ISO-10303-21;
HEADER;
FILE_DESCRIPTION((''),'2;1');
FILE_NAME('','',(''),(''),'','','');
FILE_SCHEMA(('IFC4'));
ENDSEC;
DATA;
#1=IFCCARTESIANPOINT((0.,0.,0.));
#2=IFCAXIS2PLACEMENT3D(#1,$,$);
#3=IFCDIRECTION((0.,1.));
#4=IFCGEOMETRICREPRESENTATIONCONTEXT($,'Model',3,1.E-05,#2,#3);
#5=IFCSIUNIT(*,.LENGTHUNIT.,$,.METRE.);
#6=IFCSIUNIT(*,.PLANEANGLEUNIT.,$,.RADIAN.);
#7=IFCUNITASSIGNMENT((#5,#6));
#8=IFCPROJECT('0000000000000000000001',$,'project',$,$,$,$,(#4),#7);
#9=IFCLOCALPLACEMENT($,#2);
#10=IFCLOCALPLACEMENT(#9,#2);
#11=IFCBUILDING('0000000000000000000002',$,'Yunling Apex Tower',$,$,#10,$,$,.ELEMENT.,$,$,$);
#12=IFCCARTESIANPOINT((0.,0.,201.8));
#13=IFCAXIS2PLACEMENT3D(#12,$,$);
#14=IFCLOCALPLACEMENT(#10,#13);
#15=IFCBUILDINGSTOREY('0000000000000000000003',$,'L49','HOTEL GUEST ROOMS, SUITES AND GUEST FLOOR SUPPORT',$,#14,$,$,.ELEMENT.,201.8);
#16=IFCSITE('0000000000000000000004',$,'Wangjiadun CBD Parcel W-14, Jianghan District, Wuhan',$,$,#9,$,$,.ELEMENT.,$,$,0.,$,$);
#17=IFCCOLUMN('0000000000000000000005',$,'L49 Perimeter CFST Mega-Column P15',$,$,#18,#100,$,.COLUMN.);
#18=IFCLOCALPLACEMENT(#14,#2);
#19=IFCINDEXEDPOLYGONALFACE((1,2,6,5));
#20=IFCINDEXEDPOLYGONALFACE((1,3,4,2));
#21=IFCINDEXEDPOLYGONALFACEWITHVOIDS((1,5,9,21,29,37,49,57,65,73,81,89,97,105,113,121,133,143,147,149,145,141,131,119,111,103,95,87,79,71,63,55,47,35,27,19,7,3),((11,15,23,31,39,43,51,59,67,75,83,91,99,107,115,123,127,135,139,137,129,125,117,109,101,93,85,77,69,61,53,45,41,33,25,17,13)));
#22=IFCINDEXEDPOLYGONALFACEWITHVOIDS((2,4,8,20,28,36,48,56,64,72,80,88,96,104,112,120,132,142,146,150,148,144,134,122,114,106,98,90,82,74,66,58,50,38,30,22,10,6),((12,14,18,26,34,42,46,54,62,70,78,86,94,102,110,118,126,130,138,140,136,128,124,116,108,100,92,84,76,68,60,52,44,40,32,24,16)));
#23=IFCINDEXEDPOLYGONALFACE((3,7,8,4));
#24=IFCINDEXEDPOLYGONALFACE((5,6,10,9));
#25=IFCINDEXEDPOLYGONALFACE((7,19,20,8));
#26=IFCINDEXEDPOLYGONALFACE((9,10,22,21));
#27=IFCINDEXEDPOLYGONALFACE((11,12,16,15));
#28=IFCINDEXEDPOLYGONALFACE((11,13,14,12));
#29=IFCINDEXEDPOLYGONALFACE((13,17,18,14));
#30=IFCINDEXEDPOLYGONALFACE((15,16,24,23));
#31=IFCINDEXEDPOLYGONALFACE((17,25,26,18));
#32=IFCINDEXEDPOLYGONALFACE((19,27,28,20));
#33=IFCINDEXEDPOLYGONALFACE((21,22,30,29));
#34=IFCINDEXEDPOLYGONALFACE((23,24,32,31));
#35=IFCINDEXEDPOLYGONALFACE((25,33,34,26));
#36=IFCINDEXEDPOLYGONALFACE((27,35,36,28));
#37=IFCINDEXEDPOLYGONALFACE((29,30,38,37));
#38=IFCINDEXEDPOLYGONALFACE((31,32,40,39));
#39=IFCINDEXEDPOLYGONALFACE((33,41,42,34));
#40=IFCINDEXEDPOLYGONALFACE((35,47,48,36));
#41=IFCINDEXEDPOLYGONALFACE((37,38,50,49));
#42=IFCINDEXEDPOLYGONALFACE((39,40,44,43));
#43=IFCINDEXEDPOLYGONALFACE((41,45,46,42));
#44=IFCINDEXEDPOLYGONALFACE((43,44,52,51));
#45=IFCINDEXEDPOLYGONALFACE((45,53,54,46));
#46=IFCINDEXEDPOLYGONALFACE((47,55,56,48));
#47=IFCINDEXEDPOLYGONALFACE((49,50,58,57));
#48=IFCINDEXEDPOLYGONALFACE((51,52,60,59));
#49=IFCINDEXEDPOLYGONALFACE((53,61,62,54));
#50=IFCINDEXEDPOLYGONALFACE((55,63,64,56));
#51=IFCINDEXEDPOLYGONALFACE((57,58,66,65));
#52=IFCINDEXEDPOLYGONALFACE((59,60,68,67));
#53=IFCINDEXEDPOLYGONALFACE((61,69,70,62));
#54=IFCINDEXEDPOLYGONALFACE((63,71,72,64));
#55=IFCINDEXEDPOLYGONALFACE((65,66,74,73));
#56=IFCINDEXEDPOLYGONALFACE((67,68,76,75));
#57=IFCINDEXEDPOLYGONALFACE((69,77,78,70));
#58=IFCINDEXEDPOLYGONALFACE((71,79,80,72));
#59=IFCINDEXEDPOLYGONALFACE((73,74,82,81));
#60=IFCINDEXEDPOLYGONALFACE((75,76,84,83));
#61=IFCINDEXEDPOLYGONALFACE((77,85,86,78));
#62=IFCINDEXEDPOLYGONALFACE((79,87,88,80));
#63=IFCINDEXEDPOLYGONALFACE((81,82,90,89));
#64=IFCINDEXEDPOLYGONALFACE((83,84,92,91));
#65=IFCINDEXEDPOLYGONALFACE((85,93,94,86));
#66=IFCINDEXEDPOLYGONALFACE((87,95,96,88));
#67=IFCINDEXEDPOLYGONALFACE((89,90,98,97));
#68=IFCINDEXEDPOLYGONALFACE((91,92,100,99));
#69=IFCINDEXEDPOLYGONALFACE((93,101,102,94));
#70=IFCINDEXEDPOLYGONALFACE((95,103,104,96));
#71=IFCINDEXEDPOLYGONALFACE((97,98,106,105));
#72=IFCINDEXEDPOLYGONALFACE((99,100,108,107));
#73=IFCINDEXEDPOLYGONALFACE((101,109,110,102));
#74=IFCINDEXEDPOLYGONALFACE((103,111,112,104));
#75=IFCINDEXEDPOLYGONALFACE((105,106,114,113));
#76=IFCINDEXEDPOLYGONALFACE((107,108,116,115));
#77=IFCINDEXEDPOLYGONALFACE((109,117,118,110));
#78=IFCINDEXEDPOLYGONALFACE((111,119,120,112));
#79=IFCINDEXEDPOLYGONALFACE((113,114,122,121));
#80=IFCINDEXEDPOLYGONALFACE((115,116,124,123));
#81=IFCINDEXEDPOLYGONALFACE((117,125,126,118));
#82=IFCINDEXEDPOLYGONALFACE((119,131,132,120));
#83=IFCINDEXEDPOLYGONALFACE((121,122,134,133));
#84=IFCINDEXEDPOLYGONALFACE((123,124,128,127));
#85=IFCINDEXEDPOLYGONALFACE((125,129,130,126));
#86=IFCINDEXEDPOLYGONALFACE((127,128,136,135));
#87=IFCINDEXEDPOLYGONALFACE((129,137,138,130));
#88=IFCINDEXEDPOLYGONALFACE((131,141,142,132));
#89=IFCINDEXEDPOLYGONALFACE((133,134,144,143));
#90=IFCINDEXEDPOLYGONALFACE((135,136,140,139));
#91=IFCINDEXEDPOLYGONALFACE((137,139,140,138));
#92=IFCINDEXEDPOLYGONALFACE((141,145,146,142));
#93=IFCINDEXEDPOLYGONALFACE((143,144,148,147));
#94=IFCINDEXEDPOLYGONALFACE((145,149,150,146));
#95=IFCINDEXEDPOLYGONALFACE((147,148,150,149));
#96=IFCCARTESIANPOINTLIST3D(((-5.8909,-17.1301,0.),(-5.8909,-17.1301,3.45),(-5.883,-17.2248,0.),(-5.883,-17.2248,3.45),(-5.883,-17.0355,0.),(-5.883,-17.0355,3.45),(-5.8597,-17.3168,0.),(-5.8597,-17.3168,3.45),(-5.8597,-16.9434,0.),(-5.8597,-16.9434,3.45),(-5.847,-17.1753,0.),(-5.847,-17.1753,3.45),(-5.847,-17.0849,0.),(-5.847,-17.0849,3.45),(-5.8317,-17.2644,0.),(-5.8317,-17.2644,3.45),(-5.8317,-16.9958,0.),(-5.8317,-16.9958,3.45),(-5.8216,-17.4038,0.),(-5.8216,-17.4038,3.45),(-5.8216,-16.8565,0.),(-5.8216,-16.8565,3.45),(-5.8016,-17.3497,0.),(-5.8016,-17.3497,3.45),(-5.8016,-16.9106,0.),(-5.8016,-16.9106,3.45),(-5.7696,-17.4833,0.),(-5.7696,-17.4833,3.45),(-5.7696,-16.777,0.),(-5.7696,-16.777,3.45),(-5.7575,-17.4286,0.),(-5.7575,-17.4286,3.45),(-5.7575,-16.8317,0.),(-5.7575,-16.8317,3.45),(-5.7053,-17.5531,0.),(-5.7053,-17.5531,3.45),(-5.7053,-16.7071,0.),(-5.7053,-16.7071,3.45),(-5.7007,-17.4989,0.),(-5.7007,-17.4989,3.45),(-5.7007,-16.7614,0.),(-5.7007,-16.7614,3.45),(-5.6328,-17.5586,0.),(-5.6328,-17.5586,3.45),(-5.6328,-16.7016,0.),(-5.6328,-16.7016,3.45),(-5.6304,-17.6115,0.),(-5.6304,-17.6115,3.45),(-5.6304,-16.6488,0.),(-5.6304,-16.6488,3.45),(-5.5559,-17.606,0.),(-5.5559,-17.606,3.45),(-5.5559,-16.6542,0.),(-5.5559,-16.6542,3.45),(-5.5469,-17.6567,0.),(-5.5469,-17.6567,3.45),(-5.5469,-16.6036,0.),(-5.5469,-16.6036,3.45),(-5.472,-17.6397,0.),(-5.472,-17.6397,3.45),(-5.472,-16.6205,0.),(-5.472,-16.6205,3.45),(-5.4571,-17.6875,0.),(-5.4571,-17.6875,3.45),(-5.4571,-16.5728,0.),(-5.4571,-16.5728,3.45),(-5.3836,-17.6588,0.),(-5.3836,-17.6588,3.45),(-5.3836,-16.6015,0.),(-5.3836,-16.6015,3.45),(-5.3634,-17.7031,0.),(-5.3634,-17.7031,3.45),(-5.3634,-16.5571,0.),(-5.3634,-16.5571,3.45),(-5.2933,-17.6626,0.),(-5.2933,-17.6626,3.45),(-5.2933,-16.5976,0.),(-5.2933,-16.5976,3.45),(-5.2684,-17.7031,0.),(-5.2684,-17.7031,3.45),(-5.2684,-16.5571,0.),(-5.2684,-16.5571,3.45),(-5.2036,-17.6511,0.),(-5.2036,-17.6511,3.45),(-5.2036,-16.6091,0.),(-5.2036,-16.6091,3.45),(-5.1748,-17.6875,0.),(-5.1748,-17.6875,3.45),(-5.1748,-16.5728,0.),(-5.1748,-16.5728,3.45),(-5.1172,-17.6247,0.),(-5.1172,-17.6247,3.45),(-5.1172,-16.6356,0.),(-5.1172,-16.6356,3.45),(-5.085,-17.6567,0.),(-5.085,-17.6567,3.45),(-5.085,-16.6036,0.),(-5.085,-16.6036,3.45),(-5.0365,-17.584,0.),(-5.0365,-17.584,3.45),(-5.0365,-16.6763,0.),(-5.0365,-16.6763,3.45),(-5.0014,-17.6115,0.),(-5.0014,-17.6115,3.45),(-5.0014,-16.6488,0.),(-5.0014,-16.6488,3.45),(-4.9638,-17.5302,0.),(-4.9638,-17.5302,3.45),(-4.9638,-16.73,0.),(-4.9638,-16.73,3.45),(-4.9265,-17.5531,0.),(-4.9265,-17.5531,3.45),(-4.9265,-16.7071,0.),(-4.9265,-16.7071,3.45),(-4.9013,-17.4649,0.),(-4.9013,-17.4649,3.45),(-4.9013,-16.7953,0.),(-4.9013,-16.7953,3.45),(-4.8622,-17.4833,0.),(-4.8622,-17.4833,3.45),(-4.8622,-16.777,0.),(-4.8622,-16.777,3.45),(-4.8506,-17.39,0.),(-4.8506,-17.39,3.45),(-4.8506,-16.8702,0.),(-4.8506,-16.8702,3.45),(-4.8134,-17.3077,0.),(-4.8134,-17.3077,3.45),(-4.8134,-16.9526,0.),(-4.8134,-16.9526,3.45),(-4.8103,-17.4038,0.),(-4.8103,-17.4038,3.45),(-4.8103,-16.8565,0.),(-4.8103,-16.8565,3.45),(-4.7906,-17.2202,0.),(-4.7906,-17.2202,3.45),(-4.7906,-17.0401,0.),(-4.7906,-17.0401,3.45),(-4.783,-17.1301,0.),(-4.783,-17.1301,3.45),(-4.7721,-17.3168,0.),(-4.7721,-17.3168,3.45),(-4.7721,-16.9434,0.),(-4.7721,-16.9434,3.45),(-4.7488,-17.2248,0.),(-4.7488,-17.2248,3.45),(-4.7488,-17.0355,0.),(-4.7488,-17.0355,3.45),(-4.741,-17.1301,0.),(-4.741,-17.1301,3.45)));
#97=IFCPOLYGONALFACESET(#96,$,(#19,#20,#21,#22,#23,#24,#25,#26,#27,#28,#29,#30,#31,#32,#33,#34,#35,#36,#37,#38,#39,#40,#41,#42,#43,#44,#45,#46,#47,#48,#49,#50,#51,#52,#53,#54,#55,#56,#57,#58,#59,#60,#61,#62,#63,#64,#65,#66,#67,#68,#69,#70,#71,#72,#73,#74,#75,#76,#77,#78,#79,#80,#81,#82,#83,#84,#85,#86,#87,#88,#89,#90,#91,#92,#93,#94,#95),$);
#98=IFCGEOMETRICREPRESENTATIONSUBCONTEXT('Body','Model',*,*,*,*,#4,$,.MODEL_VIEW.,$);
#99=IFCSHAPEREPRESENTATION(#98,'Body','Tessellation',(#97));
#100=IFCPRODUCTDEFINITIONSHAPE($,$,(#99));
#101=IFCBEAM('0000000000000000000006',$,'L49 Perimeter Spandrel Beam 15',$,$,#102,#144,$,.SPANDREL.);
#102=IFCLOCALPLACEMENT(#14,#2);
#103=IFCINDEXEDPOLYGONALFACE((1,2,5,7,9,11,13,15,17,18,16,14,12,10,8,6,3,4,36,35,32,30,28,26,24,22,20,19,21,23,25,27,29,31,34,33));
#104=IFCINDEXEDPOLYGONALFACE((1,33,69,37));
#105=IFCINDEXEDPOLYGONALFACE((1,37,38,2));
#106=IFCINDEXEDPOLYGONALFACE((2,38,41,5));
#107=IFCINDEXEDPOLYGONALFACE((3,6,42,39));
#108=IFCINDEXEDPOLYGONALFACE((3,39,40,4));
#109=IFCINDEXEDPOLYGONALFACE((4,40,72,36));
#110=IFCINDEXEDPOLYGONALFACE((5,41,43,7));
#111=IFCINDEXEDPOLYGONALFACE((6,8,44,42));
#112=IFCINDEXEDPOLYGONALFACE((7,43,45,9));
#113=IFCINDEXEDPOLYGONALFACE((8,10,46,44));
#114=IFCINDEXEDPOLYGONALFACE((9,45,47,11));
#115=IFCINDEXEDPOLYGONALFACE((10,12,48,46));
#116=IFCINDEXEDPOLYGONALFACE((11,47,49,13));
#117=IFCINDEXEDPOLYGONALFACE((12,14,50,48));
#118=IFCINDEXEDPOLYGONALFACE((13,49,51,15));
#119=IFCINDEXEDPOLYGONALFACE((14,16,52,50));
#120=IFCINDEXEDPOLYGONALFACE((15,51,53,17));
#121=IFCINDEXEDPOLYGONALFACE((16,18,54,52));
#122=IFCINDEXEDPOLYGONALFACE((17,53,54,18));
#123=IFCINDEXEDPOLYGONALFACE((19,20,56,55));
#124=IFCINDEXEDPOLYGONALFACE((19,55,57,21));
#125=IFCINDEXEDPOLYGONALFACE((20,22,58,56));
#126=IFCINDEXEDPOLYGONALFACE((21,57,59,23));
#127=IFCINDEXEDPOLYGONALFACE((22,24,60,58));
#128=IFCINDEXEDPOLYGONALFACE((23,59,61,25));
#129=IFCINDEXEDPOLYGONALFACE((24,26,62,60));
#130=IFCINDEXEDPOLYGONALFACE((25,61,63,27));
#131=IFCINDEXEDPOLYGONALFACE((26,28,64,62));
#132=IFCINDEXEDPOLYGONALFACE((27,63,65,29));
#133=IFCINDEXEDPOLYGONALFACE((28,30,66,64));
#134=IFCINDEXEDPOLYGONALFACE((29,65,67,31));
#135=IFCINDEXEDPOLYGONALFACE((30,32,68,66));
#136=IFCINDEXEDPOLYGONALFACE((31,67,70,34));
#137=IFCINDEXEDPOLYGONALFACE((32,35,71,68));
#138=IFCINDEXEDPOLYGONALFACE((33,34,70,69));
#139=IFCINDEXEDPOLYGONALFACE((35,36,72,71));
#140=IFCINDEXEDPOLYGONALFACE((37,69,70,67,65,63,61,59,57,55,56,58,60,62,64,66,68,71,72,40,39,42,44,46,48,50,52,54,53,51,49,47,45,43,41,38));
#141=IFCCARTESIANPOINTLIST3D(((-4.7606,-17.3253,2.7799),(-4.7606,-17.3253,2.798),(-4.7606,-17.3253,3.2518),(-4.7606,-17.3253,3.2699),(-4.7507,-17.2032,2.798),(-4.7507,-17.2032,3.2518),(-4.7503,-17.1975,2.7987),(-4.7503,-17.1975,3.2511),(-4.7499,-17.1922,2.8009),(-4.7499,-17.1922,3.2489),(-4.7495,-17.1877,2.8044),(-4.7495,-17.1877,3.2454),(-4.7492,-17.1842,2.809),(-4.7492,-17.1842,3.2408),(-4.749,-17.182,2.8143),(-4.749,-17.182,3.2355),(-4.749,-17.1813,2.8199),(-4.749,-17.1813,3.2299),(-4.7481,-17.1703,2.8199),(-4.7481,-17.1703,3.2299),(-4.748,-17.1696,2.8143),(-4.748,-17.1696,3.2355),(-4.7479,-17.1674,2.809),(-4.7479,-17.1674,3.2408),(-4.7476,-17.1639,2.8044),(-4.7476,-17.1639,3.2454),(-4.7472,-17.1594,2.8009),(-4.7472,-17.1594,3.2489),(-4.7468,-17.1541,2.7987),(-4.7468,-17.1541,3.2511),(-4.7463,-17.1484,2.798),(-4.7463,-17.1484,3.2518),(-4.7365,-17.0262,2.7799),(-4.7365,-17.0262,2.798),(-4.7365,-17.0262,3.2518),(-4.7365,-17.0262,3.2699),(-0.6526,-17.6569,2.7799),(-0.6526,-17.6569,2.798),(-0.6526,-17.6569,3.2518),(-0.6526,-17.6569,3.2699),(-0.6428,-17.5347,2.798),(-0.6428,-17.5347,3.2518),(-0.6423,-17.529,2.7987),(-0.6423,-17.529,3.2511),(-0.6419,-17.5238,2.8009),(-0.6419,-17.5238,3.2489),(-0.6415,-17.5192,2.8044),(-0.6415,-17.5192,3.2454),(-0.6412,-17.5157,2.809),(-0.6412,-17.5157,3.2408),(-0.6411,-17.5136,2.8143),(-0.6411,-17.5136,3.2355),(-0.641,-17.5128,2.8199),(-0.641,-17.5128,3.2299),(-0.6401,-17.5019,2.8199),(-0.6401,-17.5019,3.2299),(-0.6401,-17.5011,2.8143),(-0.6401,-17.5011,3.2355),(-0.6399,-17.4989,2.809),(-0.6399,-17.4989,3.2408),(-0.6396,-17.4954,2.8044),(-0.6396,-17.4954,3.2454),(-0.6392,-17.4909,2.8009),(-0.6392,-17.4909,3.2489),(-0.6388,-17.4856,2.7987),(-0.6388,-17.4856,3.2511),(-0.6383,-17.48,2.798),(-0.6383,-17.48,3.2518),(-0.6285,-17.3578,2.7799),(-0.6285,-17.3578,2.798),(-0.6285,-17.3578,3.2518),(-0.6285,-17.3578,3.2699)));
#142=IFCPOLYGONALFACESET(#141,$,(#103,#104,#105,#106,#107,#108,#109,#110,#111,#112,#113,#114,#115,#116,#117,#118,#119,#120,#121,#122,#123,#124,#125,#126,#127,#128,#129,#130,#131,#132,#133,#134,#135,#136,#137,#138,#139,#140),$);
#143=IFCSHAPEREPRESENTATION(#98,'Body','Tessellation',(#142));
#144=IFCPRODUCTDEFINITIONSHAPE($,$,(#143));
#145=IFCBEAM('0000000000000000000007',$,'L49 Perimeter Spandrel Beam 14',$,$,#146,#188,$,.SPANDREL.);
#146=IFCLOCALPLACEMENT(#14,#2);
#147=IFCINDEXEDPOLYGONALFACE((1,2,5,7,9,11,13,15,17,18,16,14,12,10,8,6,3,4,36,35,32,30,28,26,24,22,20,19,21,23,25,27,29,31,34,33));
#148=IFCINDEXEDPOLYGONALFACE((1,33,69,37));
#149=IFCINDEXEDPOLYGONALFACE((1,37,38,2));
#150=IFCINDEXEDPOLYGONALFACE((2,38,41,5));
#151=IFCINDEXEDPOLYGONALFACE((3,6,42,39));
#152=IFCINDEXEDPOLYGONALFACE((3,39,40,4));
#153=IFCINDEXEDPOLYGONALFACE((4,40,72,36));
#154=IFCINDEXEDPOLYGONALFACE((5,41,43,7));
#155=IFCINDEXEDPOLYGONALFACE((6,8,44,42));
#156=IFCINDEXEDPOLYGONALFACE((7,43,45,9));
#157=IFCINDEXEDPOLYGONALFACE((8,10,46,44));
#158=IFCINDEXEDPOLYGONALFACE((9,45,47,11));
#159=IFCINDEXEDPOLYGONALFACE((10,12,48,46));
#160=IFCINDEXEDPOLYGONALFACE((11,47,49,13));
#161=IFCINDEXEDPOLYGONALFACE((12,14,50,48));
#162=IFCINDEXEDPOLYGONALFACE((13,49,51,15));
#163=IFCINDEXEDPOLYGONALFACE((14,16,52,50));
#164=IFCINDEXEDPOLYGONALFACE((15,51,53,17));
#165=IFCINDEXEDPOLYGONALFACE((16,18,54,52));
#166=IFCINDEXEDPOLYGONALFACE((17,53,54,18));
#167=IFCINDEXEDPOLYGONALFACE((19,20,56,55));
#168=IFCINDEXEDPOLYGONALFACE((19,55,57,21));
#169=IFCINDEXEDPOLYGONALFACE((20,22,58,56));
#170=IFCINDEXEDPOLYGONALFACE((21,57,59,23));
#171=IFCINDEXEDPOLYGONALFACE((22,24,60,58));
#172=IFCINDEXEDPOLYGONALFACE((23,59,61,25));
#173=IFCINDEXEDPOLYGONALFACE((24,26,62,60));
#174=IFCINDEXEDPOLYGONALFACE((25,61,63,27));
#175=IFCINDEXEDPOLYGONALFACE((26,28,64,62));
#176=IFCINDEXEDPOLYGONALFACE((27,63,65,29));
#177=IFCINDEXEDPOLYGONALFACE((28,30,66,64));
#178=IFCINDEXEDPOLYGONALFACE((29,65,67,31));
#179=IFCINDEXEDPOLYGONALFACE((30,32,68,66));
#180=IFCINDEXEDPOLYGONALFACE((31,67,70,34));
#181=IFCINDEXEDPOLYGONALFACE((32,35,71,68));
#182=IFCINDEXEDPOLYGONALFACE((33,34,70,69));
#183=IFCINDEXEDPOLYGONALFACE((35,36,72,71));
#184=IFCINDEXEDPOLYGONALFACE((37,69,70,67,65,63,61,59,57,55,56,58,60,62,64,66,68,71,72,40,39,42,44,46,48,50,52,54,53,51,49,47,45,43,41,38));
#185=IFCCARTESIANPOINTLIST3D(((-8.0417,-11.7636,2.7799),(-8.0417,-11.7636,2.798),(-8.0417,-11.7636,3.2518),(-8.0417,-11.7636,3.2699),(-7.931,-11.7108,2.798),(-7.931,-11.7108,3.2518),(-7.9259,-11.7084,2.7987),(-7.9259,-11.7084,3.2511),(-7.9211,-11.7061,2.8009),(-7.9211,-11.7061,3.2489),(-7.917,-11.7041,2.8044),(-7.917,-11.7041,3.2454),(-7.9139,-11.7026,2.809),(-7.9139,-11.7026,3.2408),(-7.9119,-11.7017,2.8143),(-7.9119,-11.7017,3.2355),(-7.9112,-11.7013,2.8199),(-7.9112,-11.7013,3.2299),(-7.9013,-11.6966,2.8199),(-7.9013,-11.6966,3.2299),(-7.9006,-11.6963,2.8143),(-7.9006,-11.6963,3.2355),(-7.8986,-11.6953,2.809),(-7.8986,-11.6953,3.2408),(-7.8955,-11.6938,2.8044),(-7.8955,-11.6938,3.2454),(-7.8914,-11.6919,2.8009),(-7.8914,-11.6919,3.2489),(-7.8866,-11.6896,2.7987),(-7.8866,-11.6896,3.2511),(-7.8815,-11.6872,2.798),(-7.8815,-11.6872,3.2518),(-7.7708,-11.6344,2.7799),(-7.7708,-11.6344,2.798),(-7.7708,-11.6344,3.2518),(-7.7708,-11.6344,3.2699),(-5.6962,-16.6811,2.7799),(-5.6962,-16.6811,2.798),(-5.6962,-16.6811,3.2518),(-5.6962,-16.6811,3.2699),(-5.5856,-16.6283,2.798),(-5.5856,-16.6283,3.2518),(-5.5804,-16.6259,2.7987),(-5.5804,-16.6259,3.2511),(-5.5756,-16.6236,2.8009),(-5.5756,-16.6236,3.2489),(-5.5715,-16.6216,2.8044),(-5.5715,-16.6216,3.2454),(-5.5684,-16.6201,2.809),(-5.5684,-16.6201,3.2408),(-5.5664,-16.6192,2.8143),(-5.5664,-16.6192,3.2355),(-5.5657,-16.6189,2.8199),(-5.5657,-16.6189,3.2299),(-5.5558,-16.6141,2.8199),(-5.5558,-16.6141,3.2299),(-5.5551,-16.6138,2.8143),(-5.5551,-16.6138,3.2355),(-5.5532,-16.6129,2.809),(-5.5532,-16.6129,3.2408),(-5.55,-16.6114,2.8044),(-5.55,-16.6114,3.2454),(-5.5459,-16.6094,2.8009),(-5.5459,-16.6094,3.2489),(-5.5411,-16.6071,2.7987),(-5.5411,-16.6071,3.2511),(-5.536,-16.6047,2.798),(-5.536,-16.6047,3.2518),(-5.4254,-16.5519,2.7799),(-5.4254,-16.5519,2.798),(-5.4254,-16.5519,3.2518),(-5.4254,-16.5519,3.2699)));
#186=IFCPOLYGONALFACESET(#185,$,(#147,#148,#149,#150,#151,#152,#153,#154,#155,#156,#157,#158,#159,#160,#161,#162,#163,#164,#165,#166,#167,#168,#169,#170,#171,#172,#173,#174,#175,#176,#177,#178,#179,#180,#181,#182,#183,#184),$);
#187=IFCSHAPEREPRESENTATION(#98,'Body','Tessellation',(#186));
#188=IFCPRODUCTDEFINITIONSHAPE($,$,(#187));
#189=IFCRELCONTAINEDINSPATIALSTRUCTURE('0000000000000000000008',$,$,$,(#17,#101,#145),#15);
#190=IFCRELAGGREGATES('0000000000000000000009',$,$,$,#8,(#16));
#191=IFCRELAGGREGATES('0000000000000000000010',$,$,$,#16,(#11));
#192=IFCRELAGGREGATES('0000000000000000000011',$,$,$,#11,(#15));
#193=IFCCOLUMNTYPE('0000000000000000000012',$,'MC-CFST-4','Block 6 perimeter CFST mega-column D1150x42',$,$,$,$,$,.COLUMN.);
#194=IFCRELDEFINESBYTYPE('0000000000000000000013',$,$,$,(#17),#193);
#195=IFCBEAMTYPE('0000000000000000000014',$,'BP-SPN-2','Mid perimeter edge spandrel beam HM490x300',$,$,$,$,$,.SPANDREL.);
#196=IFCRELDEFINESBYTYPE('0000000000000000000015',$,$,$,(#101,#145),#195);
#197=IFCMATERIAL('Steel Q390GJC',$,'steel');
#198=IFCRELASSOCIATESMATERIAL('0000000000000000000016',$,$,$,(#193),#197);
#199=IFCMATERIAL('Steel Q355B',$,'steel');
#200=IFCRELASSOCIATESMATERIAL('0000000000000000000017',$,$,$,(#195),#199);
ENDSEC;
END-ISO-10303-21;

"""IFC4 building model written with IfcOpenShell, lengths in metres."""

from ifc_helpers import new_model, si_unit, direction, frame, origin, origin_2d, place, context, subcontext, project, spatial, hollow_circle, i_section, extrude, source, transform, mapped, material, material_profile, profile_set, type_object, element, save


model = new_model("IFC4")

# Units and contexts
model_context = context("Model", 3, precision=1e-05, world=origin(), true_north=direction((0.0, 1.0)))
body_context = subcontext(model_context, "Body", "Model", "MODEL_VIEW")
ifc_project = project(units=[si_unit("LENGTHUNIT", "METRE"), si_unit("PLANEANGLEUNIT", "RADIAN")], contexts=[model_context])

# Site, building, storey
site_placement = place(None, origin())
site = spatial("IfcSite", under=ifc_project, at=site_placement, Name="Wangjiadun CBD Parcel W-14, Jianghan District, Wuhan", CompositionType="ELEMENT", RefElevation=0.0)
building_placement = place(site_placement, origin())
building = spatial("IfcBuilding", under=site, at=building_placement, Name="Yunling Apex Tower", CompositionType="ELEMENT")
storey_placement = place(building_placement, frame((0.0, 0.0, 201.8)))
storey = spatial("IfcBuildingStorey", under=building, at=storey_placement, Name="L49", Description="HOTEL GUEST ROOMS, SUITES AND GUEST FLOOR SUPPORT", CompositionType="ELEMENT", Elevation=201.8)

# Column
ifc_material_1 = material(Name="Steel Q390GJC", Category="steel")
ifc_material_profile_1 = material_profile(ifc_material_1, hollow_circle(Radius=0.575, WallThickness=0.042, at=origin_2d()))
ifc_profile_set_1 = profile_set([ifc_material_profile_1], Name="Steel Q390GJC")
column_type = type_object("IfcColumnType", Name="MC-CFST-4", Description="Block 6 perimeter CFST mega-column D1150x42", PredefinedType="COLUMN", material=ifc_profile_set_1)
shared_shape_1 = source(origin(), body_context, "Body", "SweptSolid", [
    extrude(hollow_circle(Radius=0.575, WallThickness=0.042, at=origin_2d()), origin(), (0.0, 0.0, 1.0), 3.45),
])
column_placement = place(storey_placement, frame((-5.3159, -17.1301, 0.0), z_axis=(0.0, 0.0, 1.0), x_axis=(1.0, 0.0, 0.0)))
element("IfcColumn", 1, at=column_placement, inside=storey, type_object=column_type, Name="L49 Perimeter CFST Mega-Column P15", PredefinedType="COLUMN", context=body_context, shape_type="MappedRepresentation", body=[
    mapped(shared_shape_1, transform((0.0, 0.0, 0.0), scale=1.0)),
])

# Beams
ifc_material_2 = material(Name="Steel Q355B", Category="steel")
ifc_material_profile_2 = material_profile(ifc_material_2, i_section(OverallWidth=0.3, OverallDepth=0.49, WebThickness=0.011, FlangeThickness=0.0181, FilletRadius=0.022, at=origin_2d()))
ifc_profile_set_2 = profile_set([ifc_material_profile_2], Name="Steel Q355B")
beam_type_1 = type_object("IfcBeamType", Name="BP-SPN-2", Description="Mid perimeter edge spandrel beam HM490x300", PredefinedType="SPANDREL", material=ifc_profile_set_2)
shared_shape_2 = source(origin(), body_context, "Body", "SweptSolid", [
    extrude(i_section(OverallWidth=0.3, OverallDepth=0.49, WebThickness=0.011, FlangeThickness=0.0181, FilletRadius=0.022, at=origin_2d()), origin(), (0.0, 0.0, 1.0), 4.1213),
])
beam_1_placement = place(storey_placement, frame((-4.7485, -17.1758, 3.0249), z_axis=(0.996759, -0.080447, 0.0), x_axis=(0.080447, 0.996759, 0.0)))
element("IfcBeam", 2, at=beam_1_placement, inside=storey, type_object=beam_type_1, Name="L49 Perimeter Spandrel Beam 15", PredefinedType="SPANDREL", context=body_context, shape_type="MappedRepresentation", body=[
    mapped(shared_shape_2, transform((0.0, 0.0, 0.0), scale=1.0)),
])
shared_shape_3 = source(origin(), body_context, "Body", "SweptSolid", [
    extrude(i_section(OverallWidth=0.3, OverallDepth=0.49, WebThickness=0.011, FlangeThickness=0.0181, FilletRadius=0.022, at=origin_2d()), origin(), (0.0, 0.0, 1.0), 5.4482),
])
beam_2_placement = place(storey_placement, frame((-7.9062, -11.699, 3.0249), z_axis=(0.430502, -0.902589, 0.0), x_axis=(0.902589, 0.430502, 0.0)))
element("IfcBeam", 3, at=beam_2_placement, inside=storey, type_object=beam_type_1, Name="L49 Perimeter Spandrel Beam 14", PredefinedType="SPANDREL", context=body_context, shape_type="MappedRepresentation", body=[
    mapped(shared_shape_3, transform((0.0, 0.0, 0.0), scale=1.0)),
])

save(model, "model.ifc")
